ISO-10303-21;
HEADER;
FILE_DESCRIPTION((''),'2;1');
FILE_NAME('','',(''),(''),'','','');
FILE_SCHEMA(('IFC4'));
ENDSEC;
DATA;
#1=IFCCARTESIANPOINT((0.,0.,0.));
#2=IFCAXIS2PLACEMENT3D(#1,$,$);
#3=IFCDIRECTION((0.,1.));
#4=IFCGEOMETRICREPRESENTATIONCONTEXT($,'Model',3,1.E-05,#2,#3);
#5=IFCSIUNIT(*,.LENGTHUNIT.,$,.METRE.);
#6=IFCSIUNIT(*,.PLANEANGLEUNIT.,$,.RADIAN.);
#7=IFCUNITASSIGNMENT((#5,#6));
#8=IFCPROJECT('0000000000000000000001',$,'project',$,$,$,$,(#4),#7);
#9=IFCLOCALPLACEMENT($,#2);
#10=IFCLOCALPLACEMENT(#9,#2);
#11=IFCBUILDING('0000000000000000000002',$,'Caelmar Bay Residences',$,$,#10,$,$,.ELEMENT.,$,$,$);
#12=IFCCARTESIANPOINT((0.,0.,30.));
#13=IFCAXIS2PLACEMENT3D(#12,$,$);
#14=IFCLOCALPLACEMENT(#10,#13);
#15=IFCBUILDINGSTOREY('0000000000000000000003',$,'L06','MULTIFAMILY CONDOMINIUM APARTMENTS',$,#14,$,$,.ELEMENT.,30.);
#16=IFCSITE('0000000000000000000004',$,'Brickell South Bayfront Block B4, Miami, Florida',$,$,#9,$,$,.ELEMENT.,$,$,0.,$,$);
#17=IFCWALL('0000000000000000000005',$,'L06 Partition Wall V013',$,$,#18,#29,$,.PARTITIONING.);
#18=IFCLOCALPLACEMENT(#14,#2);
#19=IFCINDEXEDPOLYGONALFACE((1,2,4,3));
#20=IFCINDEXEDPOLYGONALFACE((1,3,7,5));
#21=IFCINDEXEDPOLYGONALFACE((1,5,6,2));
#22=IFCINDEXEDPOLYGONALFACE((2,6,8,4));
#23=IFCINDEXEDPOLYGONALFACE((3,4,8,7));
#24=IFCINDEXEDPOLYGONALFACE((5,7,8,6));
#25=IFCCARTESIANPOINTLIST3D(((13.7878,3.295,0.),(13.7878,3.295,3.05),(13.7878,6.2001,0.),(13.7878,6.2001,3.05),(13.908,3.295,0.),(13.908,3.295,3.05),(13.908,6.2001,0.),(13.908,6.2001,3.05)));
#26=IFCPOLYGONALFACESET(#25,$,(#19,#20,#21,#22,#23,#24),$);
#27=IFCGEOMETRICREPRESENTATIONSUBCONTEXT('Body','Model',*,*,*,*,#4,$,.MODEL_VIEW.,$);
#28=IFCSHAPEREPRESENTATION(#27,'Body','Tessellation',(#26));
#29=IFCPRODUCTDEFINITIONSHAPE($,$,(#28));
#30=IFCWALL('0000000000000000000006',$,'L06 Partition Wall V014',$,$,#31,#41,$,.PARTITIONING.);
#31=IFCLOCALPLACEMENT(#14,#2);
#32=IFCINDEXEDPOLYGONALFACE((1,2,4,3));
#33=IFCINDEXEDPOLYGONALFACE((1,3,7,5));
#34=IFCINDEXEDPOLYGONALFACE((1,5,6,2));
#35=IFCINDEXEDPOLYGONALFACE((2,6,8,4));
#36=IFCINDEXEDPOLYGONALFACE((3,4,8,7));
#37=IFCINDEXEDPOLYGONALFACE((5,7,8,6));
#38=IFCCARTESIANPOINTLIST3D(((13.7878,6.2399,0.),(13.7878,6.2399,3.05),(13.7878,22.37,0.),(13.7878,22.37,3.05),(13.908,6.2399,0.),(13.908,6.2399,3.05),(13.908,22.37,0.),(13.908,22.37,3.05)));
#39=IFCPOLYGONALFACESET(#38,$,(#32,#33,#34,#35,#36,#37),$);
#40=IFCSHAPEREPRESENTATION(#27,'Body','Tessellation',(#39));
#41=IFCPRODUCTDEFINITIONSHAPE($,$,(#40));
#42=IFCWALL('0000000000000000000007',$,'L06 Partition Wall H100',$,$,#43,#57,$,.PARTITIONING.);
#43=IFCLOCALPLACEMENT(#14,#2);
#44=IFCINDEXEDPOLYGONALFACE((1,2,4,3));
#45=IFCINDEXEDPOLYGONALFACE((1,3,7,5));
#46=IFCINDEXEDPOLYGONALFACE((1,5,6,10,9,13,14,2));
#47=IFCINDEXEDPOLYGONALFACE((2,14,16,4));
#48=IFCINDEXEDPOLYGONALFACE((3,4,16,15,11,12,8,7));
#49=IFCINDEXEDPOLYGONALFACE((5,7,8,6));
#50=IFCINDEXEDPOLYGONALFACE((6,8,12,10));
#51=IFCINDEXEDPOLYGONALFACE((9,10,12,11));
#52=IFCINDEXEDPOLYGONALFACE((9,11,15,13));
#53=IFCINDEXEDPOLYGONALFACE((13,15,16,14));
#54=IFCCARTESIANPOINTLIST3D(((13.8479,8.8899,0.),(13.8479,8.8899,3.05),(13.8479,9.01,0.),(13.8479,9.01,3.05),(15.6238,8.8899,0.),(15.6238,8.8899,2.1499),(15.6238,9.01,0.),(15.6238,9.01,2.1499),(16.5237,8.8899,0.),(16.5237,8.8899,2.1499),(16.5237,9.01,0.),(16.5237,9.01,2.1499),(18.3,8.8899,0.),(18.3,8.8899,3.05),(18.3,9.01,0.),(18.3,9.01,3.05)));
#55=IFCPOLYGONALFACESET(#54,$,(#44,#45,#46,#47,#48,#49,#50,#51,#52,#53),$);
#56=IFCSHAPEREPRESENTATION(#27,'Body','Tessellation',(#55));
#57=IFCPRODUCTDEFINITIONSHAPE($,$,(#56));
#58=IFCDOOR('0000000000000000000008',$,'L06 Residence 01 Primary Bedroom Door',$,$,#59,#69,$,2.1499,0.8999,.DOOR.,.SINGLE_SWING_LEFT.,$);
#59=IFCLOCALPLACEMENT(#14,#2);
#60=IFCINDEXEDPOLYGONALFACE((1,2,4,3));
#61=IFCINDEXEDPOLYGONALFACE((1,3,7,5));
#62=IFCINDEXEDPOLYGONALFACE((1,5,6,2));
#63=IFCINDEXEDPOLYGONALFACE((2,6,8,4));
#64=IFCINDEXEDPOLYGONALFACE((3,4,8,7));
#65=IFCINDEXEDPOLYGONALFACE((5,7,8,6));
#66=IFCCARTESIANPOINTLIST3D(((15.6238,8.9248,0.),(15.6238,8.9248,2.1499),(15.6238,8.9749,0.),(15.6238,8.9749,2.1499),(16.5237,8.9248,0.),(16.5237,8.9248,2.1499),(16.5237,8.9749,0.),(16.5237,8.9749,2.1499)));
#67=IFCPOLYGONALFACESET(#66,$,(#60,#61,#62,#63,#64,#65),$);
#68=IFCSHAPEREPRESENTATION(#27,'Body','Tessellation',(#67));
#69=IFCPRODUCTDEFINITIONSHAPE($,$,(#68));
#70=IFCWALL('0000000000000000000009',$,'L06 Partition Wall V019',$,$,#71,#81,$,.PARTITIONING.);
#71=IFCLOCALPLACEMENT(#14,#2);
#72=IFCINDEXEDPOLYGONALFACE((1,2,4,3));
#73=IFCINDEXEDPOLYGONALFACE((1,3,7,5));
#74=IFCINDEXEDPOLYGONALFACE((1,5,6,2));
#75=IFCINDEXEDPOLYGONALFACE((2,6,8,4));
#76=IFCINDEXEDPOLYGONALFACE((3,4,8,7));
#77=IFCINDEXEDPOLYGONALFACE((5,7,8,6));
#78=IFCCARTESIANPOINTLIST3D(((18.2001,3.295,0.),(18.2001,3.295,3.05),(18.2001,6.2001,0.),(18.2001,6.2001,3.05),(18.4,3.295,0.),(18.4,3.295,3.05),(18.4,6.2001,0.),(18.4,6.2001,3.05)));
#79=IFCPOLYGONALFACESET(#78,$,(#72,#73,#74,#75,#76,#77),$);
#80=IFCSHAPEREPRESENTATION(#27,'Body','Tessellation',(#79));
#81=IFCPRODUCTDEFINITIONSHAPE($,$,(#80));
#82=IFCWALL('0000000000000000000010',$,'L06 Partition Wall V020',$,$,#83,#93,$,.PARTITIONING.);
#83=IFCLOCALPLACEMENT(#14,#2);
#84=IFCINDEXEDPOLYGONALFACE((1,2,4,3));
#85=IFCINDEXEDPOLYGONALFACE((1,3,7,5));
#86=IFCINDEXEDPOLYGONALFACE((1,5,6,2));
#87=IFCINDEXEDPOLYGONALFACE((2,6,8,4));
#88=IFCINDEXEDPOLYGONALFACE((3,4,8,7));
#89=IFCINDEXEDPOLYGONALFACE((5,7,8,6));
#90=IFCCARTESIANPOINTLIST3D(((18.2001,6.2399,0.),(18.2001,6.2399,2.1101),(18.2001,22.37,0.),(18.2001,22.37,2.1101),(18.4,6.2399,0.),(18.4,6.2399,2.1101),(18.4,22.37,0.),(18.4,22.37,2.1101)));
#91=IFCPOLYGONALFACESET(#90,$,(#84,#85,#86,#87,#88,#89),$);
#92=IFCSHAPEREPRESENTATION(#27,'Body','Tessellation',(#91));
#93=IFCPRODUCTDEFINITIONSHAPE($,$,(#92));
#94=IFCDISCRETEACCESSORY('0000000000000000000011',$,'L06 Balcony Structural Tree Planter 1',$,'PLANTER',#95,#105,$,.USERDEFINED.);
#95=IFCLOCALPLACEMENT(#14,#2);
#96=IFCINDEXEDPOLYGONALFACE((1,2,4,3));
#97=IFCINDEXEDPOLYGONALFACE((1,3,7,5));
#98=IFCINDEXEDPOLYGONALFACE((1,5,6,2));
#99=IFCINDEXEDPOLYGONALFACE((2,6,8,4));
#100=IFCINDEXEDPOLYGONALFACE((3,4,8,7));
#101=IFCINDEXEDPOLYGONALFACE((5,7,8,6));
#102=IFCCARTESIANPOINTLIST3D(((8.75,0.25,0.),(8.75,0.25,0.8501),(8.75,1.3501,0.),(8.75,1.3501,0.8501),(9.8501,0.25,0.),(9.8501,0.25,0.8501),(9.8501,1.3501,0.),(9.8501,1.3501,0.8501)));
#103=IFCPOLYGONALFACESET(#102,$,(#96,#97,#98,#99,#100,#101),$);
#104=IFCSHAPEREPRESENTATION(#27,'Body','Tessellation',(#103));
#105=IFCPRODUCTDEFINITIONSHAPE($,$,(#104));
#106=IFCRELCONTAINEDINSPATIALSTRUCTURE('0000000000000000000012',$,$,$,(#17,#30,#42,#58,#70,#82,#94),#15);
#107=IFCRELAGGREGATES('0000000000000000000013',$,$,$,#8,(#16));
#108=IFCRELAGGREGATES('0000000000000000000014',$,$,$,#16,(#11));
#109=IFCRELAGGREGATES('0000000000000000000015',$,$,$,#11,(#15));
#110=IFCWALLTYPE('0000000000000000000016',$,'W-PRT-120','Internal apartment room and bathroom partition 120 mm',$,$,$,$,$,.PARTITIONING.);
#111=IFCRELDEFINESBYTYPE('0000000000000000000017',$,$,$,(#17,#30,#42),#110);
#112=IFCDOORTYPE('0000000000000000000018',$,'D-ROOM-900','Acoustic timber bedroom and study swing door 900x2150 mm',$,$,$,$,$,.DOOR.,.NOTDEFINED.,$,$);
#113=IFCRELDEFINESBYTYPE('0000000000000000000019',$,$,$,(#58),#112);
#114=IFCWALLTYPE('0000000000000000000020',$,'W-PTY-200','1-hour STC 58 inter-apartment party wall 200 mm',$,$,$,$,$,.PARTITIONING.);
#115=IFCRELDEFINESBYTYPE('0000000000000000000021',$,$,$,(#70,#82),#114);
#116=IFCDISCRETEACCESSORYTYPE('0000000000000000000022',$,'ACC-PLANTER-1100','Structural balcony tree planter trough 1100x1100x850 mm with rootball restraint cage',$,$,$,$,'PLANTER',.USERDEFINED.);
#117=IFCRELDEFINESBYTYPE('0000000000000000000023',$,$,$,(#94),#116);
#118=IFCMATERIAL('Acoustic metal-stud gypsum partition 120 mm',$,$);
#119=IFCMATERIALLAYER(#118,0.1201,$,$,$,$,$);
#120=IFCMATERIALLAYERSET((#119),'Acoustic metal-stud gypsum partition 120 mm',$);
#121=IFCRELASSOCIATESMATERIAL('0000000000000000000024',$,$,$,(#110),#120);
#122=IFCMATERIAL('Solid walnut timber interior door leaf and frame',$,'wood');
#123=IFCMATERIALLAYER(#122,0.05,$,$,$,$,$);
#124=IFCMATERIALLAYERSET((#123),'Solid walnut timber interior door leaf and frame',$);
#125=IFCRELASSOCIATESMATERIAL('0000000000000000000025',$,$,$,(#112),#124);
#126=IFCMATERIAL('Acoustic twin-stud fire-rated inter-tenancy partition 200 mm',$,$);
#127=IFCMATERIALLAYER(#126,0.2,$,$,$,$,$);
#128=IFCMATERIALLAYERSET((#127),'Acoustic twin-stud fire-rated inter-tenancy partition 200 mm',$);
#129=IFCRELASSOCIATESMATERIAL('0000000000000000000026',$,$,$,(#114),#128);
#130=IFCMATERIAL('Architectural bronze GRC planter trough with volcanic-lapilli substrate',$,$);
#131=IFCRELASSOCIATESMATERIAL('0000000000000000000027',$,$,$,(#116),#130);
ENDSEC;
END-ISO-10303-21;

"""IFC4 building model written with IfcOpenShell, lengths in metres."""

from ifc_helpers import new_model, si_unit, direction, frame, frame_2d, origin, origin_2d, place, context, subcontext, project, spatial, rectangle, extrude, material, layer, layer_set, type_object, element, fill, save


model = new_model("IFC4")

# Units and contexts
model_context = context("Model", 3, precision=1e-05, world=origin(), true_north=direction((0.0, 1.0)))
body_context = subcontext(model_context, "Body", "Model", "MODEL_VIEW")
ifc_project = project(units=[si_unit("LENGTHUNIT", "METRE"), si_unit("PLANEANGLEUNIT", "RADIAN")], contexts=[model_context])

# Site, building, storey
site_placement = place(None, origin())
site = spatial("IfcSite", under=ifc_project, at=site_placement, Name="Brickell South Bayfront Block B4, Miami, Florida", CompositionType="ELEMENT", RefElevation=0.0)
building_placement = place(site_placement, origin())
building = spatial("IfcBuilding", under=site, at=building_placement, Name="Caelmar Bay Residences", CompositionType="ELEMENT")
storey_placement = place(building_placement, frame((0.0, 0.0, 30.0)))
storey = spatial("IfcBuildingStorey", under=building, at=storey_placement, Name="L06", Description="MULTIFAMILY CONDOMINIUM APARTMENTS", CompositionType="ELEMENT", Elevation=30.0)

# Shared definitions
ifc_material_1 = material(Name="Acoustic metal-stud gypsum partition 120 mm")
ifc_layer_1 = layer(ifc_material_1, 0.1201)
ifc_layer_set_1 = layer_set([ifc_layer_1], Name="Acoustic metal-stud gypsum partition 120 mm")
wall_type_1 = type_object("IfcWallType", Name="W-PRT-120", Description="Internal apartment room and bathroom partition 120 mm", PredefinedType="PARTITIONING", material=ifc_layer_set_1)
ifc_material_2 = material(Name="Solid walnut timber interior door leaf and frame", Category="wood")
ifc_layer_2 = layer(ifc_material_2, 0.05)
ifc_layer_set_2 = layer_set([ifc_layer_2], Name="Solid walnut timber interior door leaf and frame")
door_type = type_object("IfcDoorType", Name="D-ROOM-900", Description="Acoustic timber bedroom and study swing door 900x2150 mm", OperationType="NOTDEFINED", PredefinedType="DOOR", material=ifc_layer_set_2)

# Walls
wall_1_placement = place(storey_placement, frame((13.8479, 3.2949, 0.0), z_axis=(0.0, 0.0, 1.0), x_axis=(0.0, 1.0, 0.0)))
element("IfcWall", 1, at=wall_1_placement, inside=storey, type_object=wall_type_1, Name="L06 Partition Wall V013", PredefinedType="PARTITIONING", context=body_context, shape_type="SweptSolid", body=[
    extrude(rectangle(XDim=2.905, YDim=0.1201, at=frame_2d((1.4526, 0.0))), origin(), (0.0, 0.0, 1.0), 3.05),
])
wall_2_placement = place(storey_placement, frame((13.8479, 6.24, 0.0), z_axis=(0.0, 0.0, 1.0), x_axis=(0.0, 1.0, 0.0)))
element("IfcWall", 2, at=wall_2_placement, inside=storey, type_object=wall_type_1, Name="L06 Partition Wall V014", PredefinedType="PARTITIONING", context=body_context, shape_type="SweptSolid", body=[
    extrude(rectangle(XDim=16.1301, YDim=0.1201, at=frame_2d((8.0649, 0.0))), origin(), (0.0, 0.0, 1.0), 3.05),
])

# Wall, opening, door
wall_3_placement = place(storey_placement, frame((13.8479, 8.95, 0.0), z_axis=(0.0, 0.0, 1.0), x_axis=(1.0, 0.0, 0.0)))
wall_3 = element("IfcWall", 3, at=wall_3_placement, inside=storey, type_object=wall_type_1, Name="L06 Partition Wall H100", PredefinedType="PARTITIONING", context=body_context, shape_type="SweptSolid", body=[
    extrude(rectangle(XDim=4.4521, YDim=0.1201, at=frame_2d((2.2261, 0.0))), origin(), (0.0, 0.0, 1.0), 3.05),
])
opening_1_placement = place(wall_3_placement, frame((1.7759, 0.0, 0.0)))
opening_1 = element("IfcOpeningElement", 4, at=opening_1_placement, cuts=wall_3, PredefinedType="OPENING", context=body_context, shape_type="SweptSolid", body=[
    extrude(rectangle(XDim=0.8999, YDim=2.1499, at=frame_2d((0.45, 1.075))), frame((0.0, 0.0701, 0.0), z_axis=(0.0, -1.0, 0.0), x_axis=(1.0, 0.0, 0.0)), (0.0, 0.0, 1.0), 0.1401),
])
door_1_placement = place(opening_1_placement, origin())
door_1 = element("IfcDoor", 5, at=door_1_placement, inside=storey, type_object=door_type, Name="L06 Residence 01 Primary Bedroom Door", OperationType="SINGLE_SWING_LEFT", OverallHeight=2.1499, OverallWidth=0.8999, PredefinedType="DOOR", context=body_context, shape_type="SweptSolid", body=[
    extrude(rectangle(XDim=0.8999, YDim=2.1499, at=frame_2d((0.45, 1.075))), frame((0.0, 0.0249, 0.0), z_axis=(0.0, -1.0, 0.0), x_axis=(1.0, 0.0, 0.0)), (0.0, 0.0, 1.0), 0.05),
])
fill(opening_1, door_1)

# Walls
ifc_material_3 = material(Name="Acoustic twin-stud fire-rated inter-tenancy partition 200 mm")
ifc_layer_3 = layer(ifc_material_3, 0.2)
ifc_layer_set_3 = layer_set([ifc_layer_3], Name="Acoustic twin-stud fire-rated inter-tenancy partition 200 mm")
wall_type_2 = type_object("IfcWallType", Name="W-PTY-200", Description="1-hour STC 58 inter-apartment party wall 200 mm", PredefinedType="PARTITIONING", material=ifc_layer_set_3)
wall_4_placement = place(storey_placement, frame((18.3, 3.2949, 0.0), z_axis=(0.0, 0.0, 1.0), x_axis=(0.0, 1.0, 0.0)))
element("IfcWall", 6, at=wall_4_placement, inside=storey, type_object=wall_type_2, Name="L06 Partition Wall V019", PredefinedType="PARTITIONING", context=body_context, shape_type="SweptSolid", body=[
    extrude(rectangle(XDim=2.905, YDim=0.2, at=frame_2d((1.4526, 0.0))), origin(), (0.0, 0.0, 1.0), 3.05),
])
wall_5_placement = place(storey_placement, frame((18.3, 6.24, 0.0), z_axis=(0.0, 0.0, 1.0), x_axis=(0.0, 1.0, 0.0)))
element("IfcWall", 7, at=wall_5_placement, inside=storey, type_object=wall_type_2, Name="L06 Partition Wall V020", PredefinedType="PARTITIONING", context=body_context, shape_type="SweptSolid", body=[
    extrude(rectangle(XDim=16.1301, YDim=0.2, at=frame_2d((8.0649, 0.0))), origin(), (0.0, 0.0, 1.0), 2.1101),
])

# Discrete accessory
ifc_material_4 = material(Name="Architectural bronze GRC planter trough with volcanic-lapilli substrate")
discrete_accessory_type = type_object("IfcDiscreteAccessoryType", Name="ACC-PLANTER-1100", Description="Structural balcony tree planter trough 1100x1100x850 mm with rootball restraint cage", ElementType="PLANTER", PredefinedType="USERDEFINED", material=ifc_material_4)
discrete_accessory_placement = place(storey_placement, frame((9.3, 0.8, 0.0), z_axis=(0.0, 0.0, 1.0), x_axis=(1.0, 0.0, 0.0)))
element("IfcDiscreteAccessory", 8, at=discrete_accessory_placement, inside=storey, type_object=discrete_accessory_type, Name="L06 Balcony Structural Tree Planter 1", ObjectType="PLANTER", PredefinedType="USERDEFINED", context=body_context, shape_type="SweptSolid", body=[
    extrude(rectangle(XDim=1.1001, YDim=1.1001, at=origin_2d()), origin(), (0.0, 0.0, 1.0), 0.8501),
])

save(model, "model.ifc")
